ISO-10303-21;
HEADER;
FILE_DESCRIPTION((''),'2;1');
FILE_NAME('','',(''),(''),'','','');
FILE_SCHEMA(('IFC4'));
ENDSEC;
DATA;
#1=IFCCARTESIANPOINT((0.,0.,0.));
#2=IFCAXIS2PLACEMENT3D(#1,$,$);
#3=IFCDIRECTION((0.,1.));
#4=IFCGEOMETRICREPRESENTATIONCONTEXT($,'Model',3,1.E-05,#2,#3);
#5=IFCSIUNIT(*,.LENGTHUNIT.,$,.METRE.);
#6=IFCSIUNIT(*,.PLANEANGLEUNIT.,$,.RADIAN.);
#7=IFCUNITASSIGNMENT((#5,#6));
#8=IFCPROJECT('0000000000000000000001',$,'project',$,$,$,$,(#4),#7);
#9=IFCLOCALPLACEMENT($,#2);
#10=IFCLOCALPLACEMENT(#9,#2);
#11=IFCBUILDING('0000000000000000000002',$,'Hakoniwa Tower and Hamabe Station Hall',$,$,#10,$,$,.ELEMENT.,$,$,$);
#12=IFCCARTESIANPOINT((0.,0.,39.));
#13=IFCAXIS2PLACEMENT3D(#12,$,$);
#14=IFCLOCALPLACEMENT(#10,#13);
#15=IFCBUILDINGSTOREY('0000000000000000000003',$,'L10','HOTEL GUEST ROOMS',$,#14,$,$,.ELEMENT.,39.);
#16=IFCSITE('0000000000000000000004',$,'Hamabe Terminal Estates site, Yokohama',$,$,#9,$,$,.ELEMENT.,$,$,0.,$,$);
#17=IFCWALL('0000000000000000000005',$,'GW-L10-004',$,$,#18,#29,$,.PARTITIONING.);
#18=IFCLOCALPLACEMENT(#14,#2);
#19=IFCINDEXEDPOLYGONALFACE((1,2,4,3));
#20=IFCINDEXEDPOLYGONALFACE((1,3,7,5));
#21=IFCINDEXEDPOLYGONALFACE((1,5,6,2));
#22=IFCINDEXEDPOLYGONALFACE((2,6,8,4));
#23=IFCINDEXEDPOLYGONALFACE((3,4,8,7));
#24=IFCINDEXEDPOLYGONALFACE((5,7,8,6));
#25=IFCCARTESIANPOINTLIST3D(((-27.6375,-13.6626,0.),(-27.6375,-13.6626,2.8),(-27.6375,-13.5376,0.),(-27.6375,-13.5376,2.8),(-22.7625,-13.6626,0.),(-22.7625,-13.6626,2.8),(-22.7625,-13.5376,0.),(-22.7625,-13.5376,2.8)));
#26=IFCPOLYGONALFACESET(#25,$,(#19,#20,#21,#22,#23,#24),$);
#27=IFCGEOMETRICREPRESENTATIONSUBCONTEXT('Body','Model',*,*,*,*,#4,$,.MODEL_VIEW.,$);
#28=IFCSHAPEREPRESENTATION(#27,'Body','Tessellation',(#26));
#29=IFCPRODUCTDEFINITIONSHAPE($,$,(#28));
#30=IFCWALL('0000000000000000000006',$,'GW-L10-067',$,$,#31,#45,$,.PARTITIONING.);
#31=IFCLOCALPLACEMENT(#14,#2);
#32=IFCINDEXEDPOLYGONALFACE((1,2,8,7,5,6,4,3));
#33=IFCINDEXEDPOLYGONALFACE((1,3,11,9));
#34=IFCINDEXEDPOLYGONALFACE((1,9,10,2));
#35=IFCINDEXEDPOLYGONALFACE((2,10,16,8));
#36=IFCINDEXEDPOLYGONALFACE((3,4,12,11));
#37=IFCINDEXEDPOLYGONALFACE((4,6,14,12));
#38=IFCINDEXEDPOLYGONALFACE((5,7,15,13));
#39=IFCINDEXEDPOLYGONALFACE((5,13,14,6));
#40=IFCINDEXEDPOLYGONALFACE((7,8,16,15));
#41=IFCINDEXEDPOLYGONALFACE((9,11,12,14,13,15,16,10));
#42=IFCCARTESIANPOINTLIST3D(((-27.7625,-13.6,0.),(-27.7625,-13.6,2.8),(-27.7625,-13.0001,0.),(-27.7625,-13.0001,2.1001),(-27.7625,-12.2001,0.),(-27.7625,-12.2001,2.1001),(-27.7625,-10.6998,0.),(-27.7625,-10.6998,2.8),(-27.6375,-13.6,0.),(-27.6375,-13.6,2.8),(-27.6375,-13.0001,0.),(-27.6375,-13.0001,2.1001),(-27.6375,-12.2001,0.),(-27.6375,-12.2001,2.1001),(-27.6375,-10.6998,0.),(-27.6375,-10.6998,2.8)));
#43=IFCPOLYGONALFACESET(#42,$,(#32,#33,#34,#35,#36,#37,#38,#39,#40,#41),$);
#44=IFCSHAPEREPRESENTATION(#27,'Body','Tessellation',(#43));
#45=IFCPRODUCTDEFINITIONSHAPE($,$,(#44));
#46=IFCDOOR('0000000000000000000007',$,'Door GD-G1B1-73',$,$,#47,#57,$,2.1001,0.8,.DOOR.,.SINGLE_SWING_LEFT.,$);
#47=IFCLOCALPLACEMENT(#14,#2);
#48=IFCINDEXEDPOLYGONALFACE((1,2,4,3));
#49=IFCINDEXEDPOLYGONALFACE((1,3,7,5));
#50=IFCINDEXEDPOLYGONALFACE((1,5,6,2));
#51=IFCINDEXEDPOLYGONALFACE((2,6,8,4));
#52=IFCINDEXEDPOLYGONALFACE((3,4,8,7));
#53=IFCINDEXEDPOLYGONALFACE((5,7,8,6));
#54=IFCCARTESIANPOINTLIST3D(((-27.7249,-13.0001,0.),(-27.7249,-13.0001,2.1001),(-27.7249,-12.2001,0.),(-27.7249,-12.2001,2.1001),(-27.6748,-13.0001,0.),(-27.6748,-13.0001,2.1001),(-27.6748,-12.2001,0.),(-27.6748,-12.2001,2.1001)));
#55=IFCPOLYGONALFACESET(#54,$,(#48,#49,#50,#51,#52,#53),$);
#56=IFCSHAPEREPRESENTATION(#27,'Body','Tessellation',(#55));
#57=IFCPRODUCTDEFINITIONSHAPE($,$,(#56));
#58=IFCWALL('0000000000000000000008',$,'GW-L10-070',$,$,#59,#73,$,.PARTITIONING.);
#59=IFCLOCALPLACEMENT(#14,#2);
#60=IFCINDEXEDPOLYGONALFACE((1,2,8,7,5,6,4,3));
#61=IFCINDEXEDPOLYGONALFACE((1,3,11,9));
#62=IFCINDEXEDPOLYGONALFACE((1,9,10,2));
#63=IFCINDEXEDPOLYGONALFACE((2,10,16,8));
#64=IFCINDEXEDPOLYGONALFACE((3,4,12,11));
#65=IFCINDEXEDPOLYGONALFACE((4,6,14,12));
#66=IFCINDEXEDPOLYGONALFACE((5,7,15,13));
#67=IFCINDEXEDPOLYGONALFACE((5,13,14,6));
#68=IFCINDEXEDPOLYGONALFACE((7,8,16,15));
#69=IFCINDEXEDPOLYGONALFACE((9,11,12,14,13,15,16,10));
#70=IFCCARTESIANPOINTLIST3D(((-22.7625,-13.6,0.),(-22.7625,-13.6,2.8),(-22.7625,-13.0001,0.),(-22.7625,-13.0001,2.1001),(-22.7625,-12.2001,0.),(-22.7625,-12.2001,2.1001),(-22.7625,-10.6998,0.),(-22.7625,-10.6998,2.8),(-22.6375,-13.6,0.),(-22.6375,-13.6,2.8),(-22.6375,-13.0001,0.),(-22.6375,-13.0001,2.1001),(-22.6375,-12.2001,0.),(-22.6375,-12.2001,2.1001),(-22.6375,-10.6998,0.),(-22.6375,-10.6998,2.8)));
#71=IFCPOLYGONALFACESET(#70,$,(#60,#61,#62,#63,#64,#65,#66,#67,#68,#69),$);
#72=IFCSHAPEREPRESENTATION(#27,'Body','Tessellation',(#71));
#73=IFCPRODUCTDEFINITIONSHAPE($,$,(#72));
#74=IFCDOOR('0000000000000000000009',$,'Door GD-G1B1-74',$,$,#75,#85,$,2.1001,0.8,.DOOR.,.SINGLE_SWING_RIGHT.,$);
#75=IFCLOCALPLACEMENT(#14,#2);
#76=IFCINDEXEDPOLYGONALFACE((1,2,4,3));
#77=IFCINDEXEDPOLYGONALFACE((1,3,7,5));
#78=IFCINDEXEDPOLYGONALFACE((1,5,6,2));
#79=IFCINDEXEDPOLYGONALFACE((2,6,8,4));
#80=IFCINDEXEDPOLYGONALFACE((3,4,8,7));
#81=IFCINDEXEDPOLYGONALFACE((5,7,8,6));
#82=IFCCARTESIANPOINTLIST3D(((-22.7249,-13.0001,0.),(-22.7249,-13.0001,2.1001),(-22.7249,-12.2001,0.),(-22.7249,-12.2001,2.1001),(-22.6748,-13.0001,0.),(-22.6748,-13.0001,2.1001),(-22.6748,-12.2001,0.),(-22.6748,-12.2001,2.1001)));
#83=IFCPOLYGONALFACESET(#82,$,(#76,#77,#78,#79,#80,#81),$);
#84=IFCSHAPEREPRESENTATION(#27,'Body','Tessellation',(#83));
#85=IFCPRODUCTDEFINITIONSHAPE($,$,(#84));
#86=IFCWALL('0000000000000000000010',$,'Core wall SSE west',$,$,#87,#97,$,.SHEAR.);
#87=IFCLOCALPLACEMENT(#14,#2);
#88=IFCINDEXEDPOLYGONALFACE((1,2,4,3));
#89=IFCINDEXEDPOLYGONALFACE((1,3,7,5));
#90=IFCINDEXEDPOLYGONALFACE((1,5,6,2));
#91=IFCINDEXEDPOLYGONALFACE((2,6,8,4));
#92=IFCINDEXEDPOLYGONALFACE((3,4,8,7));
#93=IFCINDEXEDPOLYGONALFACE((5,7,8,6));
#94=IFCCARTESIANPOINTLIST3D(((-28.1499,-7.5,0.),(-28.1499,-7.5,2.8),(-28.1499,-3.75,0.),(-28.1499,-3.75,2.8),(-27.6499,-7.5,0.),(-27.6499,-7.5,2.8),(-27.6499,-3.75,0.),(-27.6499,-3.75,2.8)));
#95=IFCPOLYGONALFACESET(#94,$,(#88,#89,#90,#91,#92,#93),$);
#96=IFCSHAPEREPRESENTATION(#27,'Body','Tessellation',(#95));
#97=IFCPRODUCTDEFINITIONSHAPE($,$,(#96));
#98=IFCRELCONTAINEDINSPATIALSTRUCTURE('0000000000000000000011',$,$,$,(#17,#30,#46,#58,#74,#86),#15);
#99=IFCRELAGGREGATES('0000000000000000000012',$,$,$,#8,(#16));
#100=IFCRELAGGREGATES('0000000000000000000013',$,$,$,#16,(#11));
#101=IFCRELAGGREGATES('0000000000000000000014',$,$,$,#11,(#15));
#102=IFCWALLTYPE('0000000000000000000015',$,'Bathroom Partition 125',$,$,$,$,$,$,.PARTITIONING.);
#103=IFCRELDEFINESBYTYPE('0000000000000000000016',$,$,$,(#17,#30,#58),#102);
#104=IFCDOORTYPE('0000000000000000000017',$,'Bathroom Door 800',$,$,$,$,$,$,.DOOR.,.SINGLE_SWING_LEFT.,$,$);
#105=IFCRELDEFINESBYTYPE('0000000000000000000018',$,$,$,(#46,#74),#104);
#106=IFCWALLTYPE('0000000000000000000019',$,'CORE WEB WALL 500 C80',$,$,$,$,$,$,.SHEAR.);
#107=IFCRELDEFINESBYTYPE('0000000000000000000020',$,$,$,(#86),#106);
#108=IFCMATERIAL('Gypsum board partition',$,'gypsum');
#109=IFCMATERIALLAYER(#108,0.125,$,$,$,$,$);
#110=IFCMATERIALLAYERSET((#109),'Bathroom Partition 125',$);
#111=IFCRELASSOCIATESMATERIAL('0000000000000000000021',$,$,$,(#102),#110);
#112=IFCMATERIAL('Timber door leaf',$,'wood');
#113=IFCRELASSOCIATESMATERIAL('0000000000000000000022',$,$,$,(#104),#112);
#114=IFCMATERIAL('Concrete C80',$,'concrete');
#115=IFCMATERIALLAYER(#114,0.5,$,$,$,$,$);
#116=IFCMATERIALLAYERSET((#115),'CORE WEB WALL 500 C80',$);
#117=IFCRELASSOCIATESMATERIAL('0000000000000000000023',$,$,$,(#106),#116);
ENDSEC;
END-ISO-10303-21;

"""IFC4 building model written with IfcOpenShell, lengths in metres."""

from ifc_helpers import new_model, si_unit, direction, frame, frame_2d, origin, place, context, subcontext, project, spatial, rectangle, extrude, material, layer, layer_set, type_object, element, fill, save


model = new_model("IFC4")

# Units and contexts
model_context = context("Model", 3, precision=1e-05, world=origin(), true_north=direction((0.0, 1.0)))
body_context = subcontext(model_context, "Body", "Model", "MODEL_VIEW")
ifc_project = project(units=[si_unit("LENGTHUNIT", "METRE"), si_unit("PLANEANGLEUNIT", "RADIAN")], contexts=[model_context])

# Site, building, storey
site_placement = place(None, origin())
site = spatial("IfcSite", under=ifc_project, at=site_placement, Name="Hamabe Terminal Estates site, Yokohama", CompositionType="ELEMENT", RefElevation=0.0)
building_placement = place(site_placement, origin())
building = spatial("IfcBuilding", under=site, at=building_placement, Name="Hakoniwa Tower and Hamabe Station Hall", CompositionType="ELEMENT")
storey_placement = place(building_placement, frame((0.0, 0.0, 39.0)))
storey = spatial("IfcBuildingStorey", under=building, at=storey_placement, Name="L10", Description="HOTEL GUEST ROOMS", CompositionType="ELEMENT", Elevation=39.0)

# Wall
ifc_material_1 = material(Name="Gypsum board partition", Category="gypsum")
ifc_layer_1 = layer(ifc_material_1, 0.125)
ifc_layer_set_1 = layer_set([ifc_layer_1], Name="Bathroom Partition 125")
wall_type_1 = type_object("IfcWallType", Name="Bathroom Partition 125", PredefinedType="PARTITIONING", material=ifc_layer_set_1)
wall_1_placement = place(storey_placement, frame((-27.6375, -13.6001, 0.0), z_axis=(0.0, 0.0, 1.0), x_axis=(1.0, 0.0, 0.0)))
element("IfcWall", 1, at=wall_1_placement, inside=storey, type_object=wall_type_1, Name="GW-L10-004", PredefinedType="PARTITIONING", context=body_context, shape_type="SweptSolid", body=[
    extrude(rectangle(XDim=4.875, YDim=0.125, at=frame_2d((2.4375, 0.0))), origin(), (0.0, 0.0, 1.0), 2.8),
])

# Walls, openings, doors
wall_2_placement = place(storey_placement, frame((-27.7, -13.6001, 0.0), z_axis=(0.0, 0.0, 1.0), x_axis=(0.0, 1.0, 0.0)))
wall_2 = element("IfcWall", 2, at=wall_2_placement, inside=storey, type_object=wall_type_1, Name="GW-L10-067", PredefinedType="PARTITIONING", context=body_context, shape_type="SweptSolid", body=[
    extrude(rectangle(XDim=2.9001, YDim=0.125, at=frame_2d((1.4502, 0.0))), origin(), (0.0, 0.0, 1.0), 2.8),
])
opening_1_placement = place(wall_2_placement, frame((0.6001, 0.0, 0.0)))
opening_1 = element("IfcOpeningElement", 3, at=opening_1_placement, cuts=wall_2, PredefinedType="OPENING", context=body_context, shape_type="SweptSolid", body=[
    extrude(rectangle(XDim=0.8, YDim=2.1001, at=frame_2d((0.3999, 1.05))), frame((0.0, 0.0725, 0.0), z_axis=(0.0, -1.0, 0.0), x_axis=(1.0, 0.0, 0.0)), (0.0, 0.0, 1.0), 0.145),
])
ifc_material_2 = material(Name="Timber door leaf", Category="wood")
door_type = type_object("IfcDoorType", Name="Bathroom Door 800", OperationType="SINGLE_SWING_LEFT", PredefinedType="DOOR", material=ifc_material_2)
door_1_placement = place(opening_1_placement, origin())
door_1 = element("IfcDoor", 4, at=door_1_placement, inside=storey, type_object=door_type, Name="Door GD-G1B1-73", OperationType="SINGLE_SWING_LEFT", OverallHeight=2.1001, OverallWidth=0.8, PredefinedType="DOOR", context=body_context, shape_type="SweptSolid", body=[
    extrude(rectangle(XDim=0.8, YDim=2.1001, at=frame_2d((0.3999, 1.05))), frame((0.0, 0.0249, 0.0), z_axis=(0.0, -1.0, 0.0), x_axis=(1.0, 0.0, 0.0)), (0.0, 0.0, 1.0), 0.05),
])
fill(opening_1, door_1)
wall_3_placement = place(storey_placement, frame((-22.7, -13.6001, 0.0), z_axis=(0.0, 0.0, 1.0), x_axis=(0.0, 1.0, 0.0)))
wall_3 = element("IfcWall", 5, at=wall_3_placement, inside=storey, type_object=wall_type_1, Name="GW-L10-070", PredefinedType="PARTITIONING", context=body_context, shape_type="SweptSolid", body=[
    extrude(rectangle(XDim=2.9001, YDim=0.125, at=frame_2d((1.4502, 0.0))), origin(), (0.0, 0.0, 1.0), 2.8),
])
opening_2_placement = place(wall_3_placement, frame((0.6001, 0.0, 0.0)))
opening_2 = element("IfcOpeningElement", 6, at=opening_2_placement, cuts=wall_3, PredefinedType="OPENING", context=body_context, shape_type="SweptSolid", body=[
    extrude(rectangle(XDim=0.8, YDim=2.1001, at=frame_2d((0.3999, 1.05))), frame((0.0, 0.0725, 0.0), z_axis=(0.0, -1.0, 0.0), x_axis=(1.0, 0.0, 0.0)), (0.0, 0.0, 1.0), 0.145),
])
door_2_placement = place(opening_2_placement, origin())
door_2 = element("IfcDoor", 7, at=door_2_placement, inside=storey, type_object=door_type, Name="Door GD-G1B1-74", OperationType="SINGLE_SWING_RIGHT", OverallHeight=2.1001, OverallWidth=0.8, PredefinedType="DOOR", context=body_context, shape_type="SweptSolid", body=[
    extrude(rectangle(XDim=0.8, YDim=2.1001, at=frame_2d((0.3999, 1.05))), frame((0.0, 0.0249, 0.0), z_axis=(0.0, -1.0, 0.0), x_axis=(1.0, 0.0, 0.0)), (0.0, 0.0, 1.0), 0.05),
])
fill(opening_2, door_2)

# Wall
ifc_material_3 = material(Name="Concrete C80", Category="concrete")
ifc_layer_2 = layer(ifc_material_3, 0.5)
ifc_layer_set_2 = layer_set([ifc_layer_2], Name="CORE WEB WALL 500 C80")
wall_type_2 = type_object("IfcWallType", Name="CORE WEB WALL 500 C80", PredefinedType="SHEAR", material=ifc_layer_set_2)
wall_4_placement = place(storey_placement, frame((-27.8999, -7.5, 0.0), z_axis=(0.0, 0.0, 1.0), x_axis=(0.0, 1.0, 0.0)))
element("IfcWall", 8, at=wall_4_placement, inside=storey, type_object=wall_type_2, Name="Core wall SSE west", PredefinedType="SHEAR", context=body_context, shape_type="SweptSolid", body=[
    extrude(rectangle(XDim=3.75, YDim=0.5, at=frame_2d((1.875, 0.0))), origin(), (0.0, 0.0, 1.0), 2.8),
])

save(model, "model.ifc")
